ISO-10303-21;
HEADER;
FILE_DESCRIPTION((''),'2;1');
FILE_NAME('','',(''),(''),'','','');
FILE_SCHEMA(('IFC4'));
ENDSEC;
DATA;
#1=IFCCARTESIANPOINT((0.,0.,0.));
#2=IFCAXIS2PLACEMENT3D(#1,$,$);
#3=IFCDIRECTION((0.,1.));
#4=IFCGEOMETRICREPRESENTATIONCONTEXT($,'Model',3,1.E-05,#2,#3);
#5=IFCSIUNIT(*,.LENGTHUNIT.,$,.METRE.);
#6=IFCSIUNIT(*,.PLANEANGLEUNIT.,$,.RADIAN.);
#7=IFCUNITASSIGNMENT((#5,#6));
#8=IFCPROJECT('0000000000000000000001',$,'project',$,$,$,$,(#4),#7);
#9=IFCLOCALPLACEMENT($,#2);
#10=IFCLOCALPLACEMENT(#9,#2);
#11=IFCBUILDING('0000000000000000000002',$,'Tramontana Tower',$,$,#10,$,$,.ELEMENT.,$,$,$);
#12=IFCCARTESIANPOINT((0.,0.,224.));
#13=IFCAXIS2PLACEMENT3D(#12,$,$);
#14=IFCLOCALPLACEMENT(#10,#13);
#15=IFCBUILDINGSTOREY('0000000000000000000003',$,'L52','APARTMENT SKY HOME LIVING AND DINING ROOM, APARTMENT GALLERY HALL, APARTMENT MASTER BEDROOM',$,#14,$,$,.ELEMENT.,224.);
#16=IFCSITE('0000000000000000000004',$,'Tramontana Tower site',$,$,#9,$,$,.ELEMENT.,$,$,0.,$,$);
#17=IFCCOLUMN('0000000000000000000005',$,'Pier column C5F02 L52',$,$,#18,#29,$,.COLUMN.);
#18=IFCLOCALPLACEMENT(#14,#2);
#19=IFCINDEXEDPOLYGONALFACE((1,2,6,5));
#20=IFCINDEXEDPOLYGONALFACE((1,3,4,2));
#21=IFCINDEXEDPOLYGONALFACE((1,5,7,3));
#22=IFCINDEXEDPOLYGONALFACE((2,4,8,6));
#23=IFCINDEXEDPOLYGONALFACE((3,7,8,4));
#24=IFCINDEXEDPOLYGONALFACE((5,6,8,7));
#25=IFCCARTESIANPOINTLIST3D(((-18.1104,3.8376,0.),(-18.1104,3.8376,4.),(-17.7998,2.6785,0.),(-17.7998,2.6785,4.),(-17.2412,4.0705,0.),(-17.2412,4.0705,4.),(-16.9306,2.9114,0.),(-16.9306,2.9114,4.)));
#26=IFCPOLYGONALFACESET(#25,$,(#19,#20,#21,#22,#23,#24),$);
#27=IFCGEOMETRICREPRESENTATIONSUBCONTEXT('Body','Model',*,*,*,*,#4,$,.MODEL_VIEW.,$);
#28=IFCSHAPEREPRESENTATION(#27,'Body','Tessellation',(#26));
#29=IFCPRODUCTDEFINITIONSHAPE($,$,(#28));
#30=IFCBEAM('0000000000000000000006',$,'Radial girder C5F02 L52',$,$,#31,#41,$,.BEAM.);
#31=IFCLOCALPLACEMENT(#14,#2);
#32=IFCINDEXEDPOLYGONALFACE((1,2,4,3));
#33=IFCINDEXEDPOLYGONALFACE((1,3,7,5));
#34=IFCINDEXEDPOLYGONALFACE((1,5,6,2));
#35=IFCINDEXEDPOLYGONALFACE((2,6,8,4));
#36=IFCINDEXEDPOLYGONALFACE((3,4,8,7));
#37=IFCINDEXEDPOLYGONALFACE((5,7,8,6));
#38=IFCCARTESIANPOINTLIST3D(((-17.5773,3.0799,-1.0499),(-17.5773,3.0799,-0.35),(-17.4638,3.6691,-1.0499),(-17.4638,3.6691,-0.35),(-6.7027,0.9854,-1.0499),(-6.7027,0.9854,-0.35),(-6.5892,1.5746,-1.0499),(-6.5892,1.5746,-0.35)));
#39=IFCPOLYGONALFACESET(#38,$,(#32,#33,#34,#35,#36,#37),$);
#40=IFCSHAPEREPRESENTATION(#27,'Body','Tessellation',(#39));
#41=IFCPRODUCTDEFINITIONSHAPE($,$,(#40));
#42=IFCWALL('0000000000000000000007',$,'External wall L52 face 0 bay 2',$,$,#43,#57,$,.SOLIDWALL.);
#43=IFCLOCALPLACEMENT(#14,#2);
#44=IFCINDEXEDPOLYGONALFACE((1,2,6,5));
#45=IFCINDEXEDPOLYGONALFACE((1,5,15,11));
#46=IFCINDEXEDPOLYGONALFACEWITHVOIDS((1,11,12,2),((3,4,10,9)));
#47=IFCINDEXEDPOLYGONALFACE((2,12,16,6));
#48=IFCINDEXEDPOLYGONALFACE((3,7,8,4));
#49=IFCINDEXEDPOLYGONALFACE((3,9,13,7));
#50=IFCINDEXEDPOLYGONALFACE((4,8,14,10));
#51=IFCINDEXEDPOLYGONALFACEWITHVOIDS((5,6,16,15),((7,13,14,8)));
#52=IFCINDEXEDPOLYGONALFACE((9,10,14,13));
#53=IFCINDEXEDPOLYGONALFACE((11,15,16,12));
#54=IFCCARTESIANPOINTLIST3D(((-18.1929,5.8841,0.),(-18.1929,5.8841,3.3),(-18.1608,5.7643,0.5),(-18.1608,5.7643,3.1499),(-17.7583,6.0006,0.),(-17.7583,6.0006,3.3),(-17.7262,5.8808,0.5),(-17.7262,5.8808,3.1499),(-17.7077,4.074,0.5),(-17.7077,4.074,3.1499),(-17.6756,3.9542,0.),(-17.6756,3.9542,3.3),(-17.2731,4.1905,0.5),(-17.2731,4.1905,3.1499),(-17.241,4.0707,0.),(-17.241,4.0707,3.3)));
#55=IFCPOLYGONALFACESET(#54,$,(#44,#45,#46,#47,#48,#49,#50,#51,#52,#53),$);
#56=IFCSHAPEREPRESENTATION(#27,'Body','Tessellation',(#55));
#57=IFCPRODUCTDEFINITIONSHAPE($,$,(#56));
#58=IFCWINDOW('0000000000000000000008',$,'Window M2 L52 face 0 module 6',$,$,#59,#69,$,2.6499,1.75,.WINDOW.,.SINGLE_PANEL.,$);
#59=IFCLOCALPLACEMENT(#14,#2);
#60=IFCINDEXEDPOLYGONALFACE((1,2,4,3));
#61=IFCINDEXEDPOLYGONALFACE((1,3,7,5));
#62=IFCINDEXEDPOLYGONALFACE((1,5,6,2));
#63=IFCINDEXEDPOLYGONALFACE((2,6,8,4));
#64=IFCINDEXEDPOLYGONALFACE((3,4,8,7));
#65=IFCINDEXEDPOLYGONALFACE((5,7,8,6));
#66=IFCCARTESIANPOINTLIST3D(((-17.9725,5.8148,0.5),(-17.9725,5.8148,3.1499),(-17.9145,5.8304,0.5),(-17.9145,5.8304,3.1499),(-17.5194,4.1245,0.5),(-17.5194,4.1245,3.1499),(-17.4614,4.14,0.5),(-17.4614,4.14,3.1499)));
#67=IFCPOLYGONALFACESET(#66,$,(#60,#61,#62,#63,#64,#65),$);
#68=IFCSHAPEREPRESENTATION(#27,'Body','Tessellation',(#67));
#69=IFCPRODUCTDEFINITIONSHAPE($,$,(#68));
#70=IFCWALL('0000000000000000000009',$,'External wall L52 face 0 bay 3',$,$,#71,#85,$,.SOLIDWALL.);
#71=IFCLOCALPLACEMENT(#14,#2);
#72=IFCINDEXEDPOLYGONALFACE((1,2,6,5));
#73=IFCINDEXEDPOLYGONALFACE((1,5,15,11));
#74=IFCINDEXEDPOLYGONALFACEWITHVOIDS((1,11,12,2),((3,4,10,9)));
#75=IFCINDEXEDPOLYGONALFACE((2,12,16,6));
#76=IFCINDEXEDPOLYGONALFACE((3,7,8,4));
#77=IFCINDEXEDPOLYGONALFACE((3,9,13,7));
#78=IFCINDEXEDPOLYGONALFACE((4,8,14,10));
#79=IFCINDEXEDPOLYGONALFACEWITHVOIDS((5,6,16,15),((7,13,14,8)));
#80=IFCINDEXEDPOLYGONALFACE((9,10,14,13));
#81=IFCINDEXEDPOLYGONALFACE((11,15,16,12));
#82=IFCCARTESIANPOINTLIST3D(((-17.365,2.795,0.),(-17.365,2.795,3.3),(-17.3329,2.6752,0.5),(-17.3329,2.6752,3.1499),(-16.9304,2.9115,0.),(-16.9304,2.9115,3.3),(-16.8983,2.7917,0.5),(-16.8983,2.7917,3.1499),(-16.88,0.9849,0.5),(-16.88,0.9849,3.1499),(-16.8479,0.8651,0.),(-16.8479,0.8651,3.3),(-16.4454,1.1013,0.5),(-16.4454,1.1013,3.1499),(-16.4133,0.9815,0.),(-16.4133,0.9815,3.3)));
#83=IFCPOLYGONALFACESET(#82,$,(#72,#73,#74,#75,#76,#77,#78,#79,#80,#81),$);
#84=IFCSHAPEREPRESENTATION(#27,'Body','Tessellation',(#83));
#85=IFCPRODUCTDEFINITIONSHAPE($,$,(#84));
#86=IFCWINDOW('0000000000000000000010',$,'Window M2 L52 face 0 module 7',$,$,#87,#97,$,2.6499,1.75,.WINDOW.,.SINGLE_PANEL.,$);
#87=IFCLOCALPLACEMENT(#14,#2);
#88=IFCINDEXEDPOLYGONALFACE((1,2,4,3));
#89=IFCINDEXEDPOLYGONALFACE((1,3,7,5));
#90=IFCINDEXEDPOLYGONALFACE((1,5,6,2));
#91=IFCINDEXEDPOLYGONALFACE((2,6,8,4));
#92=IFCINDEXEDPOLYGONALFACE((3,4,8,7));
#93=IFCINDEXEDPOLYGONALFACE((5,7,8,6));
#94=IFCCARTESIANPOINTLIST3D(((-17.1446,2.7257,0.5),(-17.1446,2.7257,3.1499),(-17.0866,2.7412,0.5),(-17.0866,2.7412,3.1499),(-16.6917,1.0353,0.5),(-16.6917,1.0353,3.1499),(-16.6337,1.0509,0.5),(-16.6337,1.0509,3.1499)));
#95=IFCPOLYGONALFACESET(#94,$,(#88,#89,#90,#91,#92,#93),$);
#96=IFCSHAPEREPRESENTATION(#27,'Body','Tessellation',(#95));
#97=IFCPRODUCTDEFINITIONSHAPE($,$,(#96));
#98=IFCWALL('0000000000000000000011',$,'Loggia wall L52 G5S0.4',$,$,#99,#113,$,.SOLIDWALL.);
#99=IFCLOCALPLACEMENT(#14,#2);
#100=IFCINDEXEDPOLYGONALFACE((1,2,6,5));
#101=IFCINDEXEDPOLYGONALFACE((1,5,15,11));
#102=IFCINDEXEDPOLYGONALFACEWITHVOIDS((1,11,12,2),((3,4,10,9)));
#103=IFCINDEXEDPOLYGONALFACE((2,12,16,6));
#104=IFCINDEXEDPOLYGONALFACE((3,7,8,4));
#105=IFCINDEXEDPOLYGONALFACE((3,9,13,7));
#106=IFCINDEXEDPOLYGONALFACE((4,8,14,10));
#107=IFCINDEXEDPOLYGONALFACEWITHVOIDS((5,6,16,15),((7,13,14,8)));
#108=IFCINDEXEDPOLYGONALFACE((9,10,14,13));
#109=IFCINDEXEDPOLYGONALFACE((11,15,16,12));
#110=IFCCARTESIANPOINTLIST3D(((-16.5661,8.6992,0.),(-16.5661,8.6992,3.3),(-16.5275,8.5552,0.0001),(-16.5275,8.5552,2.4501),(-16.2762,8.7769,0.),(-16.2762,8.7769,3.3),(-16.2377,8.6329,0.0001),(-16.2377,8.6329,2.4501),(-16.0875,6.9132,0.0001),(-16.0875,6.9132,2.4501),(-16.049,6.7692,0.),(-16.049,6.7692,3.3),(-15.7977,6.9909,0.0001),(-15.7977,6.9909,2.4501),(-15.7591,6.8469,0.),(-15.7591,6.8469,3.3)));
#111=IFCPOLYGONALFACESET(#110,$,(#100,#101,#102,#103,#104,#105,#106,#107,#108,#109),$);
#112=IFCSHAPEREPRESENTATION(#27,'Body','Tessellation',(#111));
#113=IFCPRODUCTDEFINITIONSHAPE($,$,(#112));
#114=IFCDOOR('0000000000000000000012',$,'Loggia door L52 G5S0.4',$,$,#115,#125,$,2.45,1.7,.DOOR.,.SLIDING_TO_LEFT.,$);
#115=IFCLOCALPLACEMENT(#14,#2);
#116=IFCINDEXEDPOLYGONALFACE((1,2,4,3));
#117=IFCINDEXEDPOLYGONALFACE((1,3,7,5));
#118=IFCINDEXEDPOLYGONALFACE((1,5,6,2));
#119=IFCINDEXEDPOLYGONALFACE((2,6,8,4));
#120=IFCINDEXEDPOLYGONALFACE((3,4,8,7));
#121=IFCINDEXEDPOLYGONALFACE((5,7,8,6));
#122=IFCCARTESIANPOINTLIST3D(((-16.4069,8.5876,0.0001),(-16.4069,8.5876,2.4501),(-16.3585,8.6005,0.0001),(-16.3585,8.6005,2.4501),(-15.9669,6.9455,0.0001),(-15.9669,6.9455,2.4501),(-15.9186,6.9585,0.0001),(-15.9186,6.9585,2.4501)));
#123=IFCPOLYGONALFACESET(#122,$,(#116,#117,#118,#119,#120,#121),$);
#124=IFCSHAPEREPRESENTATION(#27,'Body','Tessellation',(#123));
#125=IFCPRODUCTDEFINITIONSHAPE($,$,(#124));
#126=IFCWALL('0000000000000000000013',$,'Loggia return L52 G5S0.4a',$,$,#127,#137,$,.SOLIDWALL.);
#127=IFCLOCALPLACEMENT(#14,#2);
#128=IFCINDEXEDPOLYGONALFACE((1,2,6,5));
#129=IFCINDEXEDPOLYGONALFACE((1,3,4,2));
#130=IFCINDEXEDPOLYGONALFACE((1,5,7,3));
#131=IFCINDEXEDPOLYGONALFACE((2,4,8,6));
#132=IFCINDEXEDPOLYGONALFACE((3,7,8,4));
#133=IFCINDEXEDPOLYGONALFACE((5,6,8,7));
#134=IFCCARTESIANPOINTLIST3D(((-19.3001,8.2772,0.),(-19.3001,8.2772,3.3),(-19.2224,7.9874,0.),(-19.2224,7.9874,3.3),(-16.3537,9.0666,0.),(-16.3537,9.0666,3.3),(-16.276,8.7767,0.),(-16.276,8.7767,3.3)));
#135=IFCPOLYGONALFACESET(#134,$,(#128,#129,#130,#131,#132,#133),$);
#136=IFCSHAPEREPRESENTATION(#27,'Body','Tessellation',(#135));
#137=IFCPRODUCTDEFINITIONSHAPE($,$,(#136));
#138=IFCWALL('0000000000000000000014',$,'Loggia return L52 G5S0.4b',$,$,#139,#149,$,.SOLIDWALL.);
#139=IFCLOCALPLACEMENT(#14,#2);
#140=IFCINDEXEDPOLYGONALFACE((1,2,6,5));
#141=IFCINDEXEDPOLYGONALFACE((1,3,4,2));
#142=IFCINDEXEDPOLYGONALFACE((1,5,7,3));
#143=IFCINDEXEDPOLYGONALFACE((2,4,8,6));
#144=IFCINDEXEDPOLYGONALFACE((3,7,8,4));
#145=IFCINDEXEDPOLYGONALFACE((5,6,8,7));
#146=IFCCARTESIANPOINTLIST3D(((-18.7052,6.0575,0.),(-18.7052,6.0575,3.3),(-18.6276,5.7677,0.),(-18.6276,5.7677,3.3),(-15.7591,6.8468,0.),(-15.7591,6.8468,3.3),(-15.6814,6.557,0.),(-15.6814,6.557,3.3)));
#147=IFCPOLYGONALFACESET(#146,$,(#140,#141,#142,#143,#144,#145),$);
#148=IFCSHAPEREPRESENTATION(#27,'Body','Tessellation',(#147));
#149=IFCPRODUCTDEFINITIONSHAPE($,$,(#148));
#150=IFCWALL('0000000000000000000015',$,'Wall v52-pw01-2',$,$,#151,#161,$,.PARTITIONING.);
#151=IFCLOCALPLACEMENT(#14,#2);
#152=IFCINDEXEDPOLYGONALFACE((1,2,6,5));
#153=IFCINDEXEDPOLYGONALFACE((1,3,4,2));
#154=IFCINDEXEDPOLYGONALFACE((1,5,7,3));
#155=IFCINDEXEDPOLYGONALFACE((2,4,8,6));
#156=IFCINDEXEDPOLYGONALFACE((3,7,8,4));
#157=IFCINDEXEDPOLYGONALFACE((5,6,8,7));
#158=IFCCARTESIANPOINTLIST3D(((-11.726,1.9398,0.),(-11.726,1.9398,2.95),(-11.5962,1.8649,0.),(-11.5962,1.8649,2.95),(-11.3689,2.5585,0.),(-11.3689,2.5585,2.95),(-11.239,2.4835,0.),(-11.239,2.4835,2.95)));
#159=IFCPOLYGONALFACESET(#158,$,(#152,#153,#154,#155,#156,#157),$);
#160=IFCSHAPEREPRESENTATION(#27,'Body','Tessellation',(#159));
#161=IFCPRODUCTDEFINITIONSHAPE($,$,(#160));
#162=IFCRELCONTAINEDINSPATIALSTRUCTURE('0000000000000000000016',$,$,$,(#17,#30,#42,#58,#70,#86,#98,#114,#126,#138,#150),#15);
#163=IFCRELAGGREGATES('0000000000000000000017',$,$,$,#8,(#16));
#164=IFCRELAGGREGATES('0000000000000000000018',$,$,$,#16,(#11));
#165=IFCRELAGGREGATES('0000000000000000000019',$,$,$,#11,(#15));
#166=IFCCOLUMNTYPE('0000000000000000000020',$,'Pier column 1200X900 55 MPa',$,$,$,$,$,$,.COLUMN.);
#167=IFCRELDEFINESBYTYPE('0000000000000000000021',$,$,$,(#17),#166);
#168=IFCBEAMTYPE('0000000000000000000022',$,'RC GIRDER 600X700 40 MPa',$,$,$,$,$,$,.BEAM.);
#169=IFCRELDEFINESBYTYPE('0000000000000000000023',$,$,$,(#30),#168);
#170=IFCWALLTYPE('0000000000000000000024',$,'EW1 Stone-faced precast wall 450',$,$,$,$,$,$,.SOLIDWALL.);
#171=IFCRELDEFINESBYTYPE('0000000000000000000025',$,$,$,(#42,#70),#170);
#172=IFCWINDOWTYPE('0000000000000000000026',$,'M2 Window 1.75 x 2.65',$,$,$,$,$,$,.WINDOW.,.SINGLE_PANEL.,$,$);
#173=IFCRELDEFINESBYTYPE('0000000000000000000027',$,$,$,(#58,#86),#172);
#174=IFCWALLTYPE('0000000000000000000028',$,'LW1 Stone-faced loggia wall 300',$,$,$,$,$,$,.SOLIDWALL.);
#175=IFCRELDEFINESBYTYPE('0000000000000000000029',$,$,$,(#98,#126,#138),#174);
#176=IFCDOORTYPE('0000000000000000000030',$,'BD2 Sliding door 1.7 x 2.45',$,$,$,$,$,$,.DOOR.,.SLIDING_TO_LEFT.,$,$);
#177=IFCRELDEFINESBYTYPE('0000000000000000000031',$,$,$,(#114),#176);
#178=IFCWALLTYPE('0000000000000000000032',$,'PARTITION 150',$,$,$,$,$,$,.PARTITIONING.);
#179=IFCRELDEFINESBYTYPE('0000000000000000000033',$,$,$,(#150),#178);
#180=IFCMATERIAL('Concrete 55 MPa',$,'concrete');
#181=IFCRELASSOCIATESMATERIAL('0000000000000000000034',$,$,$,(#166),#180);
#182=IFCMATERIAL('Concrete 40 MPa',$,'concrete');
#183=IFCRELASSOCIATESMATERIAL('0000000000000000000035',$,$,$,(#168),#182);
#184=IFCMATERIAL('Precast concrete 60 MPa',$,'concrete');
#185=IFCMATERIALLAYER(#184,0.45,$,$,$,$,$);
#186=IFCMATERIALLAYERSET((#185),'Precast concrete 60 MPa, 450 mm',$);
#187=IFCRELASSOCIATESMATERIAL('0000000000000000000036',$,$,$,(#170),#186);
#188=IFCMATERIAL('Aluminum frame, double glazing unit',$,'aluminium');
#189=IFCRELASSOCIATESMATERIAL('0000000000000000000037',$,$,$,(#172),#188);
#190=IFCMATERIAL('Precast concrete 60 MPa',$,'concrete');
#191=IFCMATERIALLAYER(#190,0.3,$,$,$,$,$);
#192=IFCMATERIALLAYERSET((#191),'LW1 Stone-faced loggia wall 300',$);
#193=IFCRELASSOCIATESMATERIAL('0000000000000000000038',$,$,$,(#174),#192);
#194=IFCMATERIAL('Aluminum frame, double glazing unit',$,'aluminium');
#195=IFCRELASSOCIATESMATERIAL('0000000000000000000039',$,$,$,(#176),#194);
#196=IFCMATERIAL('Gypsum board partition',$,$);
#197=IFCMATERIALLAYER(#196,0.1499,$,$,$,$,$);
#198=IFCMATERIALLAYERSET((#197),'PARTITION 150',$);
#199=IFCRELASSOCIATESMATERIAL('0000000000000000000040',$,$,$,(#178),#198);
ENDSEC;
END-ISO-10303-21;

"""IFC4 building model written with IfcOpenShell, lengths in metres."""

from ifc_helpers import new_model, si_unit, direction, frame, frame_2d, origin, origin_2d, place, context, subcontext, project, spatial, rectangle, extrude, material, layer, layer_set, material_profile, profile_set, type_object, element, fill, save


model = new_model("IFC4")

# Units and contexts
model_context = context("Model", 3, precision=1e-05, world=origin(), true_north=direction((0.0, 1.0)))
body_context = subcontext(model_context, "Body", "Model", "MODEL_VIEW")
ifc_project = project(units=[si_unit("LENGTHUNIT", "METRE"), si_unit("PLANEANGLEUNIT", "RADIAN")], contexts=[model_context])

# Site, building, storey
site_placement = place(None, origin())
site = spatial("IfcSite", under=ifc_project, at=site_placement, Name="Tramontana Tower site", CompositionType="ELEMENT", RefElevation=0.0)
building_placement = place(site_placement, origin())
building = spatial("IfcBuilding", under=site, at=building_placement, Name="Tramontana Tower", CompositionType="ELEMENT")
storey_placement = place(building_placement, frame((0.0, 0.0, 224.0)))
storey = spatial("IfcBuildingStorey", under=building, at=storey_placement, Name="L52", Description="APARTMENT SKY HOME LIVING AND DINING ROOM, APARTMENT GALLERY HALL, APARTMENT MASTER BEDROOM", CompositionType="ELEMENT", Elevation=224.0)

# Column
ifc_material_1 = material(Name="Concrete 55 MPa", Category="concrete")
ifc_material_profile_1 = material_profile(ifc_material_1, rectangle(XDim=1.2, YDim=0.8999, at=origin_2d()), Name="Pier column 1200X900 55 MPa")
ifc_profile_set_1 = profile_set([ifc_material_profile_1], Name="Concrete 55 MPa")
column_type = type_object("IfcColumnType", Name="Pier column 1200X900 55 MPa", PredefinedType="COLUMN", material=ifc_profile_set_1)
column_placement = place(storey_placement, frame((-17.5205, 3.3745, 0.0), z_axis=(0.0, 0.0, 1.0), x_axis=(0.258819, -0.965926, 0.0)))
element("IfcColumn", 1, at=column_placement, inside=storey, type_object=column_type, Name="Pier column C5F02 L52", PredefinedType="COLUMN", context=body_context, shape_type="SweptSolid", body=[
    extrude(rectangle(XDim=1.2, YDim=0.8999, at=origin_2d()), origin(), (0.0, 0.0, 1.0), 4.0),
])

# Beam
ifc_material_2 = material(Name="Concrete 40 MPa", Category="concrete")
ifc_material_profile_2 = material_profile(ifc_material_2, rectangle(XDim=0.6001, YDim=0.7, at=origin_2d()), Name="RC GIRDER 600X700 40 MPa")
ifc_profile_set_2 = profile_set([ifc_material_profile_2], Name="Concrete 40 MPa")
beam_type = type_object("IfcBeamType", Name="RC GIRDER 600X700 40 MPa", PredefinedType="BEAM", material=ifc_profile_set_2)
beam_placement = place(storey_placement, frame((-17.5205, 3.3745, -0.7), z_axis=(0.981952, -0.189129, 0.0), x_axis=(0.189129, 0.981952, 0.0)))
element("IfcBeam", 2, at=beam_placement, inside=storey, type_object=beam_type, Name="Radial girder C5F02 L52", PredefinedType="BEAM", context=body_context, shape_type="SweptSolid", body=[
    extrude(rectangle(XDim=0.6001, YDim=0.7, at=origin_2d()), origin(), (0.0, 0.0, 1.0), 11.0745),
])

# Walls, openings, windows
ifc_material_3 = material(Name="Precast concrete 60 MPa", Category="concrete")
ifc_layer_1 = layer(ifc_material_3, 0.45)
ifc_layer_set_1 = layer_set([ifc_layer_1], Name="Precast concrete 60 MPa, 450 mm")
wall_type_1 = type_object("IfcWallType", Name="EW1 Stone-faced precast wall 450", PredefinedType="SOLIDWALL", material=ifc_layer_set_1)
wall_1_placement = place(storey_placement, frame((-17.9756, 5.9424, 0.0), z_axis=(0.0, 0.0, 1.0), x_axis=(0.258917, -0.9659, 0.0)))
wall_1 = element("IfcWall", 3, at=wall_1_placement, inside=storey, type_object=wall_type_1, Name="External wall L52 face 0 bay 2", PredefinedType="SOLIDWALL", context=body_context, shape_type="SweptSolid", body=[
    extrude(rectangle(XDim=1.998, YDim=0.45, at=frame_2d((0.999, 0.0))), origin(), (0.0, 0.0, 1.0), 3.3),
])
opening_1_placement = place(wall_1_placement, frame((0.124, 0.0, 0.5)))
opening_1 = element("IfcOpeningElement", 4, at=opening_1_placement, cuts=wall_1, PredefinedType="OPENING", context=body_context, shape_type="SweptSolid", body=[
    extrude(rectangle(XDim=1.75, YDim=2.6499, at=frame_2d((0.875, 1.325))), frame((0.0, 0.2349, 0.0), z_axis=(0.0, -1.0, 0.0), x_axis=(1.0, 0.0, 0.0)), (0.0, 0.0, 1.0), 0.47),
])
ifc_material_4 = material(Name="Aluminum frame, double glazing unit", Category="aluminium")
window_type = type_object("IfcWindowType", Name="M2 Window 1.75 x 2.65", PartitioningType="SINGLE_PANEL", PredefinedType="WINDOW", material=ifc_material_4)
window_1_placement = place(opening_1_placement, origin())
window_1 = element("IfcWindow", 5, at=window_1_placement, inside=storey, type_object=window_type, Name="Window M2 L52 face 0 module 6", OverallHeight=2.6499, OverallWidth=1.75, PartitioningType="SINGLE_PANEL", PredefinedType="WINDOW", context=body_context, shape_type="SweptSolid", body=[
    extrude(rectangle(XDim=1.75, YDim=2.6499, at=frame_2d((0.875, 1.325))), frame((0.0, 0.03, 0.0), z_axis=(0.0, -1.0, 0.0), x_axis=(1.0, 0.0, 0.0)), (0.0, 0.0, 1.0), 0.0601),
])
fill(opening_1, window_1)
wall_2_placement = place(storey_placement, frame((-17.1477, 2.8533, 0.0), z_axis=(0.0, 0.0, 1.0), x_axis=(0.258803, -0.96593, 0.0)))
wall_2 = element("IfcWall", 6, at=wall_2_placement, inside=storey, type_object=wall_type_1, Name="External wall L52 face 0 bay 3", PredefinedType="SOLIDWALL", context=body_context, shape_type="SweptSolid", body=[
    extrude(rectangle(XDim=1.998, YDim=0.45, at=frame_2d((0.999, 0.0))), origin(), (0.0, 0.0, 1.0), 3.3),
])
opening_2_placement = place(wall_2_placement, frame((0.124, 0.0, 0.5)))
opening_2 = element("IfcOpeningElement", 7, at=opening_2_placement, cuts=wall_2, PredefinedType="OPENING", context=body_context, shape_type="SweptSolid", body=[
    extrude(rectangle(XDim=1.75, YDim=2.6499, at=frame_2d((0.875, 1.325))), frame((0.0, 0.2349, 0.0), z_axis=(0.0, -1.0, 0.0), x_axis=(1.0, 0.0, 0.0)), (0.0, 0.0, 1.0), 0.47),
])
window_2_placement = place(opening_2_placement, origin())
window_2 = element("IfcWindow", 8, at=window_2_placement, inside=storey, type_object=window_type, Name="Window M2 L52 face 0 module 7", OverallHeight=2.6499, OverallWidth=1.75, PartitioningType="SINGLE_PANEL", PredefinedType="WINDOW", context=body_context, shape_type="SweptSolid", body=[
    extrude(rectangle(XDim=1.75, YDim=2.6499, at=frame_2d((0.875, 1.325))), frame((0.0, 0.03, 0.0), z_axis=(0.0, -1.0, 0.0), x_axis=(1.0, 0.0, 0.0)), (0.0, 0.0, 1.0), 0.0601),
])
fill(opening_2, window_2)

# Wall, opening, door
ifc_material_5 = material(Name="Precast concrete 60 MPa", Category="concrete")
ifc_layer_2 = layer(ifc_material_5, 0.3)
ifc_layer_set_2 = layer_set([ifc_layer_2], Name="LW1 Stone-faced loggia wall 300")
wall_type_2 = type_object("IfcWallType", Name="LW1 Stone-faced loggia wall 300", PredefinedType="SOLIDWALL", material=ifc_layer_set_2)
wall_3_placement = place(storey_placement, frame((-16.4211, 8.738, 0.0), z_axis=(0.0, 0.0, 1.0), x_axis=(0.258803, -0.96593, 0.0)))
wall_3 = element("IfcWall", 9, at=wall_3_placement, inside=storey, type_object=wall_type_2, Name="Loggia wall L52 G5S0.4", PredefinedType="SOLIDWALL", context=body_context, shape_type="SweptSolid", body=[
    extrude(rectangle(XDim=1.998, YDim=0.3, at=frame_2d((0.999, 0.0))), origin(), (0.0, 0.0, 1.0), 3.3),
])
opening_3_placement = place(wall_3_placement, frame((0.1489, 0.0, 0.0)))
opening_3 = element("IfcOpeningElement", 10, at=opening_3_placement, cuts=wall_3, PredefinedType="OPENING", context=body_context, shape_type="SweptSolid", body=[
    extrude(rectangle(XDim=1.7, YDim=2.45, at=frame_2d((0.8501, 1.2251))), frame((0.0, 0.1599, 0.0), z_axis=(0.0, -1.0, 0.0), x_axis=(1.0, 0.0, 0.0)), (0.0, 0.0, 1.0), 0.3201),
])
ifc_material_6 = material(Name="Aluminum frame, double glazing unit", Category="aluminium")
door_type_1 = type_object("IfcDoorType", Name="BD2 Sliding door 1.7 x 2.45", OperationType="SLIDING_TO_LEFT", PredefinedType="DOOR", material=ifc_material_6)
door_1_placement = place(opening_3_placement, origin())
door_1 = element("IfcDoor", 11, at=door_1_placement, inside=storey, type_object=door_type_1, Name="Loggia door L52 G5S0.4", OperationType="SLIDING_TO_LEFT", OverallHeight=2.45, OverallWidth=1.7, PredefinedType="DOOR", context=body_context, shape_type="SweptSolid", body=[
    extrude(rectangle(XDim=1.7, YDim=2.45, at=frame_2d((0.8501, 1.2251))), frame((0.0, 0.0249, 0.0), z_axis=(0.0, -1.0, 0.0), x_axis=(1.0, 0.0, 0.0)), (0.0, 0.0, 1.0), 0.05),
])
fill(opening_3, door_1)

# Walls
wall_4_placement = place(storey_placement, frame((-19.2612, 8.1323, 0.0), z_axis=(0.0, 0.0, 1.0), x_axis=(0.965938, 0.258773, 0.0)))
element("IfcWall", 12, at=wall_4_placement, inside=storey, type_object=wall_type_2, Name="Loggia return L52 G5S0.4a", PredefinedType="SOLIDWALL", context=body_context, shape_type="SweptSolid", body=[
    extrude(rectangle(XDim=3.0503, YDim=0.3, at=frame_2d((1.5251, 0.0))), origin(), (0.0, 0.0, 1.0), 3.3),
])
wall_5_placement = place(storey_placement, frame((-18.6663, 5.9126, 0.0), z_axis=(0.0, 0.0, 1.0), x_axis=(0.965933, 0.258793, 0.0)))
element("IfcWall", 13, at=wall_5_placement, inside=storey, type_object=wall_type_2, Name="Loggia return L52 G5S0.4b", PredefinedType="SOLIDWALL", context=body_context, shape_type="SweptSolid", body=[
    extrude(rectangle(XDim=3.05, YDim=0.3, at=frame_2d((1.5249, 0.0))), origin(), (0.0, 0.0, 1.0), 3.3),
])
ifc_material_7 = material(Name="Gypsum board partition")
ifc_layer_3 = layer(ifc_material_7, 0.1499)
ifc_layer_set_3 = layer_set([ifc_layer_3], Name="PARTITION 150")
wall_type_3 = type_object("IfcWallType", Name="PARTITION 150", PredefinedType="PARTITIONING", material=ifc_layer_set_3)
wall_6_placement = place(storey_placement, frame((-11.6611, 1.9023, 0.0), z_axis=(0.0, 0.0, 1.0), x_axis=(0.499999, 0.866026, 0.0)))
element("IfcWall", 14, at=wall_6_placement, inside=storey, type_object=wall_type_3, Name="Wall v52-pw01-2", PredefinedType="PARTITIONING", context=body_context, shape_type="SweptSolid", body=[
    extrude(rectangle(XDim=0.7144, YDim=0.1499, at=frame_2d((0.3572, 0.0))), origin(), (0.0, 0.0, 1.0), 2.95),
])

save(model, "model.ifc")
